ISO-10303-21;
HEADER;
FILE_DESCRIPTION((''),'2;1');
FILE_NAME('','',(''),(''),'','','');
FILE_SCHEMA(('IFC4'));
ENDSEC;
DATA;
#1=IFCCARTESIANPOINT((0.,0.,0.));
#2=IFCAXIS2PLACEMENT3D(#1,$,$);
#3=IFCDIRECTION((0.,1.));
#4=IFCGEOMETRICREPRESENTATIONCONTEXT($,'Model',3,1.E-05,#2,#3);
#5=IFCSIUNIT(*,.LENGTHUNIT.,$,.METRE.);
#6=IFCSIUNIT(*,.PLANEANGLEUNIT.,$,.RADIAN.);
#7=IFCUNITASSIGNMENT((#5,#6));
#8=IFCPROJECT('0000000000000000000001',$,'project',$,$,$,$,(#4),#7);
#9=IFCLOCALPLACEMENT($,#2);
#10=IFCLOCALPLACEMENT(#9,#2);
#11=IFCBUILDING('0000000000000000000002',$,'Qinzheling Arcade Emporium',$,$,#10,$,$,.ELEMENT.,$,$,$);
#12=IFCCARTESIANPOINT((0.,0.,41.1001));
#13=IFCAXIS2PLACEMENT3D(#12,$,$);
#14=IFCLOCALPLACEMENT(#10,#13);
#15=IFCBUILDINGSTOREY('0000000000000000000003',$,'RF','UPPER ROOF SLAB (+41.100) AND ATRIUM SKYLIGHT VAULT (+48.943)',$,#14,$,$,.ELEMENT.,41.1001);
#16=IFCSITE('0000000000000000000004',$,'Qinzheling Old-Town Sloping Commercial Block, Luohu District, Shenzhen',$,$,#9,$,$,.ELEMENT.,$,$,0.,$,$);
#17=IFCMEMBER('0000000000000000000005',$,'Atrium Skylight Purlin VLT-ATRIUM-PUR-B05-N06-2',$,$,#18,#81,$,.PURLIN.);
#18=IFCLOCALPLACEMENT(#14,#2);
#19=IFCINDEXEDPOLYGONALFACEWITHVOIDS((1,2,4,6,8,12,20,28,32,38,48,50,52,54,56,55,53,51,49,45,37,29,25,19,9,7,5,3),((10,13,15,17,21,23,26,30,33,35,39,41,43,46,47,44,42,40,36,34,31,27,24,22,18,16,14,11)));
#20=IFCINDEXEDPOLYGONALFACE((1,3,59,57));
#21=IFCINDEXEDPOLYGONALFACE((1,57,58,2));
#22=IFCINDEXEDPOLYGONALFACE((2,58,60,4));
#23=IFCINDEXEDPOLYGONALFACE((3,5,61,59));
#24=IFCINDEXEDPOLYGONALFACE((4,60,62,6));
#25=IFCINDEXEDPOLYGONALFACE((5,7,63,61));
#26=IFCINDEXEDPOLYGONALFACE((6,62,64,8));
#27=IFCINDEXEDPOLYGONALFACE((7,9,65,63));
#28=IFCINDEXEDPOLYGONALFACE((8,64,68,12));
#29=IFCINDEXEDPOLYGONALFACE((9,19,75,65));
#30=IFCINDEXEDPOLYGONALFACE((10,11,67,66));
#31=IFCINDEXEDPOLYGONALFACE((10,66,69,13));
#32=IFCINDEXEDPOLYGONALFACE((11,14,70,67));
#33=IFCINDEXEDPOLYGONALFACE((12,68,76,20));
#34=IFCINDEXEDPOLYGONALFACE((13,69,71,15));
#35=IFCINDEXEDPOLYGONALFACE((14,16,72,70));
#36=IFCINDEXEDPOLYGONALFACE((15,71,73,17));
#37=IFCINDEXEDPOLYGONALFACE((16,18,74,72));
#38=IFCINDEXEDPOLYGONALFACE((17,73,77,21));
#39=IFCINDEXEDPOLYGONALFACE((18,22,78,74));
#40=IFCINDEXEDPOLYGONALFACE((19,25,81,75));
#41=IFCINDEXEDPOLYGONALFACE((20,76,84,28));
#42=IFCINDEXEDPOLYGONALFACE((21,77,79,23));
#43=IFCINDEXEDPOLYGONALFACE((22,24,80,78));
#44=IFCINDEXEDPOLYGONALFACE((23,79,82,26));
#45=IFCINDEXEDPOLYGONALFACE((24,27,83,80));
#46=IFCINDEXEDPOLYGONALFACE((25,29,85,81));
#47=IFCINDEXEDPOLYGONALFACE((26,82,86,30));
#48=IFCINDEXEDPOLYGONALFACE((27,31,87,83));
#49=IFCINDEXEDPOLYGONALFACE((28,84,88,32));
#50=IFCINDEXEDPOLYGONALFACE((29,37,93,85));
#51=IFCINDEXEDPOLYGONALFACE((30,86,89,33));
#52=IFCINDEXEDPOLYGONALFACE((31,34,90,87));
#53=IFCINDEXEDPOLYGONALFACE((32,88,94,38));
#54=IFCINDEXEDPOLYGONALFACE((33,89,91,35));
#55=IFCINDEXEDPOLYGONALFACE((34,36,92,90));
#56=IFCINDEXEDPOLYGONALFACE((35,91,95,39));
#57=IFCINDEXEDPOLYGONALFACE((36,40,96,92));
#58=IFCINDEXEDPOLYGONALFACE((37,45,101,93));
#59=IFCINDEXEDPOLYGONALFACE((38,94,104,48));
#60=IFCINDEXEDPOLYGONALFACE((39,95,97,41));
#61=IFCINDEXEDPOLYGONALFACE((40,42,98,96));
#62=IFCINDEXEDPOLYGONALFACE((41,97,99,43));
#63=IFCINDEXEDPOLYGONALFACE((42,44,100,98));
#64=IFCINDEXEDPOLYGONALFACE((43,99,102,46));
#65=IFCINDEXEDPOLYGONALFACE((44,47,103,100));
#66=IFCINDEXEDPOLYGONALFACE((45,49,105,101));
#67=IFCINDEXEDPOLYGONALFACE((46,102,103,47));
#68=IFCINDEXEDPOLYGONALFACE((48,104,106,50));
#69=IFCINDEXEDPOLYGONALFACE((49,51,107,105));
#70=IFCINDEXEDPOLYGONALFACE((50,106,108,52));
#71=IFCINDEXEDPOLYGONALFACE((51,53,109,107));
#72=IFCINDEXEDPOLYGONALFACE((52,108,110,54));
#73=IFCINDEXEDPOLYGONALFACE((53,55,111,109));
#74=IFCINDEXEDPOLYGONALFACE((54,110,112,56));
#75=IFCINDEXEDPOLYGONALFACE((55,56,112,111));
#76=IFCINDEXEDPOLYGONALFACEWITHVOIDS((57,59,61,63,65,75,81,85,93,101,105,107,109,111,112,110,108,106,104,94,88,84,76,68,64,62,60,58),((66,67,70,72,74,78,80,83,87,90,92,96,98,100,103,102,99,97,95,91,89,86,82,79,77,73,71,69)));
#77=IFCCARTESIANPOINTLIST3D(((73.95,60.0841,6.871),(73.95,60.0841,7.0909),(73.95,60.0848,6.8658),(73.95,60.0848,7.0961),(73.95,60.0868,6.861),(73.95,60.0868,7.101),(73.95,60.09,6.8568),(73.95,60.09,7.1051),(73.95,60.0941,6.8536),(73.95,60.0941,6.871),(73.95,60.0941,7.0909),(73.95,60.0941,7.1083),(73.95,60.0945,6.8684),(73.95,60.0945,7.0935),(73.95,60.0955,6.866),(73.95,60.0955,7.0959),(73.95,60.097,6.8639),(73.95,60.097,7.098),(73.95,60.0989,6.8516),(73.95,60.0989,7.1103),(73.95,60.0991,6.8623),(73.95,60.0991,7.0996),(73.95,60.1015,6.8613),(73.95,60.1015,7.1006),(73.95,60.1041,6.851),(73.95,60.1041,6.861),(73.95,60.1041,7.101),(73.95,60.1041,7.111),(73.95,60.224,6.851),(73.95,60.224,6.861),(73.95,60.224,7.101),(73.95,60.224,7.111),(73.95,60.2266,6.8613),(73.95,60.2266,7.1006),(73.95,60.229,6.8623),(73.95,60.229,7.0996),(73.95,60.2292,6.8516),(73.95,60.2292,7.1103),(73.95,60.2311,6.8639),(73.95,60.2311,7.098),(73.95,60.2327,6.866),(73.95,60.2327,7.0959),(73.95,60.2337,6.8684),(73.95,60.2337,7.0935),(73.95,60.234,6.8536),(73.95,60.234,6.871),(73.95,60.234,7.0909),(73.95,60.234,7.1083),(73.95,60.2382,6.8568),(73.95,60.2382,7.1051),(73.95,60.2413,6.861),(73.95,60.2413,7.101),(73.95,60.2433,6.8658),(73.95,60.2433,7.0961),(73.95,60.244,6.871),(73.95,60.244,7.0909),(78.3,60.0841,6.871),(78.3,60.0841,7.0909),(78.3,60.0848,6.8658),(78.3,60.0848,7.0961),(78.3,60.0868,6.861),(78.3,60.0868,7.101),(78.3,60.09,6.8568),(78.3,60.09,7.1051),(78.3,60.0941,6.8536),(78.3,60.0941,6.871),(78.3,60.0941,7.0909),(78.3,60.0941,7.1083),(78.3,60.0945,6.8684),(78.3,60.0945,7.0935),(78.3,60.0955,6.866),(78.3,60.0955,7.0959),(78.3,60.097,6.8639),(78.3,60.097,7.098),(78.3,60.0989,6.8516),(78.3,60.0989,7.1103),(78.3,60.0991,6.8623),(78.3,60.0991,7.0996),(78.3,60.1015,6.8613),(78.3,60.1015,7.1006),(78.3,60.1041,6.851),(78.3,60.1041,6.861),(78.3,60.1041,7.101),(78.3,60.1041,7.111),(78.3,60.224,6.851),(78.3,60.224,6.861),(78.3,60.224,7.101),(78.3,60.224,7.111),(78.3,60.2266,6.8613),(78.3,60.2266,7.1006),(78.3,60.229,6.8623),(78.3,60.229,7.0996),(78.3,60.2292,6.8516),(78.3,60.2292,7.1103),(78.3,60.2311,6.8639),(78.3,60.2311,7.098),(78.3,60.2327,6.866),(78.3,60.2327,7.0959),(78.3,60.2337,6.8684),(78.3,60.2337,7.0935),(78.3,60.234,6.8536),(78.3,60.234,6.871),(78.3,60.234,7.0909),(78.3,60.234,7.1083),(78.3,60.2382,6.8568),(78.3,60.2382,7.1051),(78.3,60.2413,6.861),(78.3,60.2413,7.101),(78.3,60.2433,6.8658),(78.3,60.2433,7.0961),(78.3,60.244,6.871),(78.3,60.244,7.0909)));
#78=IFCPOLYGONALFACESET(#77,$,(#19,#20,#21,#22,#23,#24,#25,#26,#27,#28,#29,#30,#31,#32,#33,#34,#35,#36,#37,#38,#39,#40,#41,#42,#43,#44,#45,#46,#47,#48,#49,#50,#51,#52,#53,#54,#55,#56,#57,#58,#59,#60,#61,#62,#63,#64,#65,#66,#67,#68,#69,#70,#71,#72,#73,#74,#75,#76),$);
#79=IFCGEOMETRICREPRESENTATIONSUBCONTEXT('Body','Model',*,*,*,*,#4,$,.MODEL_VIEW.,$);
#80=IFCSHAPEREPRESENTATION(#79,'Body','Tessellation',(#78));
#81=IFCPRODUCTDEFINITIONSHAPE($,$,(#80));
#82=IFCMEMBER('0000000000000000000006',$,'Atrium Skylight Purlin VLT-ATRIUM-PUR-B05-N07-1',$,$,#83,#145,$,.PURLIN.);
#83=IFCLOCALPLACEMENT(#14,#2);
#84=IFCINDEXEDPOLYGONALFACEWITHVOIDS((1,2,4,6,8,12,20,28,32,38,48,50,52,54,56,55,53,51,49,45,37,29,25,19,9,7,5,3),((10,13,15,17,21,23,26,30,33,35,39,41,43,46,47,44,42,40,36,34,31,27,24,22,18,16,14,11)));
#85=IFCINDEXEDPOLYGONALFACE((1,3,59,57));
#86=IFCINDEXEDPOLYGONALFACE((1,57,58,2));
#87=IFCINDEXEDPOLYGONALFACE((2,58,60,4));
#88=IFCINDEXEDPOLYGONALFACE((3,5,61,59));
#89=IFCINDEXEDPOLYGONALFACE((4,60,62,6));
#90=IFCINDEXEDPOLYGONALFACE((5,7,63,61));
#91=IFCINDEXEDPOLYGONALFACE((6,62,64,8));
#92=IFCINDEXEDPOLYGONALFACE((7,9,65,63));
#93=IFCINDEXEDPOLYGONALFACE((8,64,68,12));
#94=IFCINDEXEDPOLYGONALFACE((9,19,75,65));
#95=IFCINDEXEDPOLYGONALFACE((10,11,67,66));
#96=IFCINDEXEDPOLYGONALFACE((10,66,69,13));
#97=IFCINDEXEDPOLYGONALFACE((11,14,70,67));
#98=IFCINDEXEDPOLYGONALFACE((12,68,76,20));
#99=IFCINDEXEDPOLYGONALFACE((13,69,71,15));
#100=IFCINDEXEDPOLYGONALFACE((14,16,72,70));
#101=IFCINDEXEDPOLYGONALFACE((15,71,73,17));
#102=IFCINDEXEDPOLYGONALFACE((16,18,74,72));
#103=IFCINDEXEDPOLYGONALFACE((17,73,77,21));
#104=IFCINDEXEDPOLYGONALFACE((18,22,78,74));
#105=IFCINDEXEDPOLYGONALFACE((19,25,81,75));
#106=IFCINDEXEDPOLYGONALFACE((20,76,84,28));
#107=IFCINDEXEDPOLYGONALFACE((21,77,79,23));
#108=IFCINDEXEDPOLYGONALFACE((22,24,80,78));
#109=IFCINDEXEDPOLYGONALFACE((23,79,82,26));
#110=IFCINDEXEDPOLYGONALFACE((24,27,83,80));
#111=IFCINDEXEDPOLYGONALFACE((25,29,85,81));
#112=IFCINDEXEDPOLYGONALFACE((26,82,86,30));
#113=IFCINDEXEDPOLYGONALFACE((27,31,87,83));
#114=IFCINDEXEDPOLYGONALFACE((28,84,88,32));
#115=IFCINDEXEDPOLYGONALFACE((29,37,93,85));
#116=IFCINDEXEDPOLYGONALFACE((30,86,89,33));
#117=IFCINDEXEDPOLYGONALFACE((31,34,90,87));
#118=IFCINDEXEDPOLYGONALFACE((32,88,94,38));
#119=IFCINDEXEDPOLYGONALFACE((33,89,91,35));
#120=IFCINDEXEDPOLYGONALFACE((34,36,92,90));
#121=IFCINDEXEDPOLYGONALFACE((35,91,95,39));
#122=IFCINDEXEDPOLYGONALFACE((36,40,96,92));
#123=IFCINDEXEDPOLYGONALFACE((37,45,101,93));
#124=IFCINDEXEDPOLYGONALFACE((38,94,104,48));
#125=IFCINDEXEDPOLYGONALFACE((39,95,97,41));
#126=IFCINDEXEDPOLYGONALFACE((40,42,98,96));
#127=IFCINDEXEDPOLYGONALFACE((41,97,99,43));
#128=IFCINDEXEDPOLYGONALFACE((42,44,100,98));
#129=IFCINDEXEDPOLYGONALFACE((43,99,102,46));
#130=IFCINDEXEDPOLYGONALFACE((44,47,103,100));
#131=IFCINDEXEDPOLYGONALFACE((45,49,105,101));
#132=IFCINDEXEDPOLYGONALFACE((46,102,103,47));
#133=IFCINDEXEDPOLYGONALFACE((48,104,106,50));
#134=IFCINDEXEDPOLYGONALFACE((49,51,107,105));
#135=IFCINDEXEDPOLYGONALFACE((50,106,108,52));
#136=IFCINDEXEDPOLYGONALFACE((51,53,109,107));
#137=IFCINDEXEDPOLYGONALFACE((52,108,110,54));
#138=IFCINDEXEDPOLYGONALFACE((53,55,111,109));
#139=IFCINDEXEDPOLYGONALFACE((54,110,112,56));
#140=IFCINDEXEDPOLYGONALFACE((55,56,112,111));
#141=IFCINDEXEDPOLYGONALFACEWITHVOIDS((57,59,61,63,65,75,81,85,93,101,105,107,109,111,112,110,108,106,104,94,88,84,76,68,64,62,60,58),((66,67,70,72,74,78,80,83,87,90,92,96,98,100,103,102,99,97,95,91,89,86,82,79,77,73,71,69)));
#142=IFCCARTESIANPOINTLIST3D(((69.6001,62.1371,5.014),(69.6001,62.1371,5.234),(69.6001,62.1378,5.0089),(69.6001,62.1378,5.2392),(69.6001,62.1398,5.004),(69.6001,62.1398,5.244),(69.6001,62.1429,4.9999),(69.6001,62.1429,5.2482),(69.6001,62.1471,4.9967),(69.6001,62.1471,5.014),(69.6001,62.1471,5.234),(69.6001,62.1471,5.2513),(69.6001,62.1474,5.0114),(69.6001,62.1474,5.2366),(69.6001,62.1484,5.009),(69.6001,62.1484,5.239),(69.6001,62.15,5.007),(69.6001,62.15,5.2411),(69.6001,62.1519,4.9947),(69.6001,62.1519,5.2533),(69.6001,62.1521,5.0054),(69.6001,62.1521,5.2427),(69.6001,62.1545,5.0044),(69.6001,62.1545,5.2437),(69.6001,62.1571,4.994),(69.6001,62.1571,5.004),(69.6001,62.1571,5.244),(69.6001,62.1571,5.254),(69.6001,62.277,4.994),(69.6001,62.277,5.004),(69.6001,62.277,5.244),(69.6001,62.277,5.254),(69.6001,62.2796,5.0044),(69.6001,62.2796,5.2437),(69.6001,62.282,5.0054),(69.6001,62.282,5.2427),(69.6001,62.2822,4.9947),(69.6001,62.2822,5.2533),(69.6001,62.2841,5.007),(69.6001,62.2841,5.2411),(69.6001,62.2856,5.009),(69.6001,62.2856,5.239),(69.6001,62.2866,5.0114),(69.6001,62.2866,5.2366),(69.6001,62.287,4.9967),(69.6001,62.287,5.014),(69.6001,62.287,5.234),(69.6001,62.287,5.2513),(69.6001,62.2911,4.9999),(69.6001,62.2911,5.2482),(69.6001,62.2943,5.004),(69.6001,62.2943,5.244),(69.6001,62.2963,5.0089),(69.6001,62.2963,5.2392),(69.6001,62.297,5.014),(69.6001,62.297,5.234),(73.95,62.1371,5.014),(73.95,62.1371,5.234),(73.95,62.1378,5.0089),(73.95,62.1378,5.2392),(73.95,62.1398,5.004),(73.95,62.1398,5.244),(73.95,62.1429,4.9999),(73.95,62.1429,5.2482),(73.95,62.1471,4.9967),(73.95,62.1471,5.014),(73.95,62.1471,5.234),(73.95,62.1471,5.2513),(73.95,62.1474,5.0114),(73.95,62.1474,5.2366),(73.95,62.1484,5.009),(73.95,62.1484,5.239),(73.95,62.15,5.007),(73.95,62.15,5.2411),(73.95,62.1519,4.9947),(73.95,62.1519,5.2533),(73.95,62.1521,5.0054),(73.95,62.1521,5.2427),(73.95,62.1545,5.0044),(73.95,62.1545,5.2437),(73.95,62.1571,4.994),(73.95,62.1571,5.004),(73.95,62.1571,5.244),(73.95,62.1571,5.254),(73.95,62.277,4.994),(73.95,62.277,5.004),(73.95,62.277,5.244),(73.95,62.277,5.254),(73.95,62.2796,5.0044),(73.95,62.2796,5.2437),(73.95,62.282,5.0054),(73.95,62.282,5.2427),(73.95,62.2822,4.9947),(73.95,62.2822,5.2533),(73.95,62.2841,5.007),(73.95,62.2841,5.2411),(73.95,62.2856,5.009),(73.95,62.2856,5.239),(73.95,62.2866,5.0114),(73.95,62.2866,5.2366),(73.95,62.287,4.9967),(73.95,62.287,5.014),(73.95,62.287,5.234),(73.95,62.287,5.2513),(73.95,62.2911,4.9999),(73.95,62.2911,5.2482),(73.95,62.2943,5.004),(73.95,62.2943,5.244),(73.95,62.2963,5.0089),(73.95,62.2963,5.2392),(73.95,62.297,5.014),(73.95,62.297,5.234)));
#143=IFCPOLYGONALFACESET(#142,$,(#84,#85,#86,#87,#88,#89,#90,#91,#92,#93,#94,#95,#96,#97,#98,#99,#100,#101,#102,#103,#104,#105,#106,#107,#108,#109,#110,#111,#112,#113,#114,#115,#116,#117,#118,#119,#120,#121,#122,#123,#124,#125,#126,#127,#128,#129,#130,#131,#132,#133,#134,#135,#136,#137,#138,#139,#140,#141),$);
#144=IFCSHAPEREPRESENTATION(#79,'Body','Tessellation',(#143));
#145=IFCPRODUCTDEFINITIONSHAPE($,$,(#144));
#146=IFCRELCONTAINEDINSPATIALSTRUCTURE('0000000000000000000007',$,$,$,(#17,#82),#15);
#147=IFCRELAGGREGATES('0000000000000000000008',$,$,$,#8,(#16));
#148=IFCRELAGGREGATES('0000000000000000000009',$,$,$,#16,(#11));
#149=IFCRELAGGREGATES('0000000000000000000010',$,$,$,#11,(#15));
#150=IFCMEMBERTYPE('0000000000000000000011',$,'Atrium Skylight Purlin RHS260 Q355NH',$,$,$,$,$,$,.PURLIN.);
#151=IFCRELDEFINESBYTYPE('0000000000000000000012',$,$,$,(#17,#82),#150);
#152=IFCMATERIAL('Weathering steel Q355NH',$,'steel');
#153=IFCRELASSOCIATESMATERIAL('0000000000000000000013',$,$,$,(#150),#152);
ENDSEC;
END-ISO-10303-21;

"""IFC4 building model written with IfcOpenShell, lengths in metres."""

from ifc_helpers import new_model, si_unit, direction, frame, origin, origin_2d, place, context, subcontext, project, spatial, hollow_rectangle, extrude, material, material_profile, profile_set, type_object, element, save


model = new_model("IFC4")

# Units and contexts
model_context = context("Model", 3, precision=1e-05, world=origin(), true_north=direction((0.0, 1.0)))
body_context = subcontext(model_context, "Body", "Model", "MODEL_VIEW")
ifc_project = project(units=[si_unit("LENGTHUNIT", "METRE"), si_unit("PLANEANGLEUNIT", "RADIAN")], contexts=[model_context])

# Site, building, storey
site_placement = place(None, origin())
site = spatial("IfcSite", under=ifc_project, at=site_placement, Name="Qinzheling Old-Town Sloping Commercial Block, Luohu District, Shenzhen", CompositionType="ELEMENT", RefElevation=0.0)
building_placement = place(site_placement, origin())
building = spatial("IfcBuilding", under=site, at=building_placement, Name="Qinzheling Arcade Emporium", CompositionType="ELEMENT")
storey_placement = place(building_placement, frame((0.0, 0.0, 41.1001)))
storey = spatial("IfcBuildingStorey", under=building, at=storey_placement, Name="RF", Description="UPPER ROOF SLAB (+41.100) AND ATRIUM SKYLIGHT VAULT (+48.943)", CompositionType="ELEMENT", Elevation=41.1001)

# Shared definitions
ifc_material_1 = material(Name="Weathering steel Q355NH", Category="steel")

# Members
ifc_material_profile_1 = material_profile(ifc_material_1, hollow_rectangle(XDim=0.1599, YDim=0.26, WallThickness=0.01, InnerFilletRadius=0.01, OuterFilletRadius=0.02, at=origin_2d()), Name="RHS 260x160x10", Category="steel")
ifc_profile_set_1 = profile_set([ifc_material_profile_1], Name="Weathering steel Q355NH")
member_type_1 = type_object("IfcMemberType", Name="Atrium Skylight Purlin RHS260 Q355NH", PredefinedType="PURLIN", material=ifc_profile_set_1)
member_1_placement = place(storey_placement, frame((73.95, 60.1641, 6.981), z_axis=(1.0, 0.0, 0.0), x_axis=(0.0, 1.0, 0.0)))
element("IfcMember", 1, at=member_1_placement, inside=storey, type_object=member_type_1, Name="Atrium Skylight Purlin VLT-ATRIUM-PUR-B05-N06-2", PredefinedType="PURLIN", context=body_context, shape_type="SweptSolid", body=[
    extrude(hollow_rectangle(XDim=0.1599, YDim=0.26, WallThickness=0.01, InnerFilletRadius=0.01, OuterFilletRadius=0.02, at=origin_2d()), origin(), (0.0, 0.0, 1.0), 4.3501),
])
member_2_placement = place(storey_placement, frame((69.6001, 62.217, 5.124), z_axis=(1.0, 0.0, 0.0), x_axis=(0.0, 1.0, 0.0)))
element("IfcMember", 2, at=member_2_placement, inside=storey, type_object=member_type_1, Name="Atrium Skylight Purlin VLT-ATRIUM-PUR-B05-N07-1", PredefinedType="PURLIN", context=body_context, shape_type="SweptSolid", body=[
    extrude(hollow_rectangle(XDim=0.1599, YDim=0.26, WallThickness=0.01, InnerFilletRadius=0.01, OuterFilletRadius=0.02, at=origin_2d()), origin(), (0.0, 0.0, 1.0), 4.3499),
])

save(model, "model.ifc")
